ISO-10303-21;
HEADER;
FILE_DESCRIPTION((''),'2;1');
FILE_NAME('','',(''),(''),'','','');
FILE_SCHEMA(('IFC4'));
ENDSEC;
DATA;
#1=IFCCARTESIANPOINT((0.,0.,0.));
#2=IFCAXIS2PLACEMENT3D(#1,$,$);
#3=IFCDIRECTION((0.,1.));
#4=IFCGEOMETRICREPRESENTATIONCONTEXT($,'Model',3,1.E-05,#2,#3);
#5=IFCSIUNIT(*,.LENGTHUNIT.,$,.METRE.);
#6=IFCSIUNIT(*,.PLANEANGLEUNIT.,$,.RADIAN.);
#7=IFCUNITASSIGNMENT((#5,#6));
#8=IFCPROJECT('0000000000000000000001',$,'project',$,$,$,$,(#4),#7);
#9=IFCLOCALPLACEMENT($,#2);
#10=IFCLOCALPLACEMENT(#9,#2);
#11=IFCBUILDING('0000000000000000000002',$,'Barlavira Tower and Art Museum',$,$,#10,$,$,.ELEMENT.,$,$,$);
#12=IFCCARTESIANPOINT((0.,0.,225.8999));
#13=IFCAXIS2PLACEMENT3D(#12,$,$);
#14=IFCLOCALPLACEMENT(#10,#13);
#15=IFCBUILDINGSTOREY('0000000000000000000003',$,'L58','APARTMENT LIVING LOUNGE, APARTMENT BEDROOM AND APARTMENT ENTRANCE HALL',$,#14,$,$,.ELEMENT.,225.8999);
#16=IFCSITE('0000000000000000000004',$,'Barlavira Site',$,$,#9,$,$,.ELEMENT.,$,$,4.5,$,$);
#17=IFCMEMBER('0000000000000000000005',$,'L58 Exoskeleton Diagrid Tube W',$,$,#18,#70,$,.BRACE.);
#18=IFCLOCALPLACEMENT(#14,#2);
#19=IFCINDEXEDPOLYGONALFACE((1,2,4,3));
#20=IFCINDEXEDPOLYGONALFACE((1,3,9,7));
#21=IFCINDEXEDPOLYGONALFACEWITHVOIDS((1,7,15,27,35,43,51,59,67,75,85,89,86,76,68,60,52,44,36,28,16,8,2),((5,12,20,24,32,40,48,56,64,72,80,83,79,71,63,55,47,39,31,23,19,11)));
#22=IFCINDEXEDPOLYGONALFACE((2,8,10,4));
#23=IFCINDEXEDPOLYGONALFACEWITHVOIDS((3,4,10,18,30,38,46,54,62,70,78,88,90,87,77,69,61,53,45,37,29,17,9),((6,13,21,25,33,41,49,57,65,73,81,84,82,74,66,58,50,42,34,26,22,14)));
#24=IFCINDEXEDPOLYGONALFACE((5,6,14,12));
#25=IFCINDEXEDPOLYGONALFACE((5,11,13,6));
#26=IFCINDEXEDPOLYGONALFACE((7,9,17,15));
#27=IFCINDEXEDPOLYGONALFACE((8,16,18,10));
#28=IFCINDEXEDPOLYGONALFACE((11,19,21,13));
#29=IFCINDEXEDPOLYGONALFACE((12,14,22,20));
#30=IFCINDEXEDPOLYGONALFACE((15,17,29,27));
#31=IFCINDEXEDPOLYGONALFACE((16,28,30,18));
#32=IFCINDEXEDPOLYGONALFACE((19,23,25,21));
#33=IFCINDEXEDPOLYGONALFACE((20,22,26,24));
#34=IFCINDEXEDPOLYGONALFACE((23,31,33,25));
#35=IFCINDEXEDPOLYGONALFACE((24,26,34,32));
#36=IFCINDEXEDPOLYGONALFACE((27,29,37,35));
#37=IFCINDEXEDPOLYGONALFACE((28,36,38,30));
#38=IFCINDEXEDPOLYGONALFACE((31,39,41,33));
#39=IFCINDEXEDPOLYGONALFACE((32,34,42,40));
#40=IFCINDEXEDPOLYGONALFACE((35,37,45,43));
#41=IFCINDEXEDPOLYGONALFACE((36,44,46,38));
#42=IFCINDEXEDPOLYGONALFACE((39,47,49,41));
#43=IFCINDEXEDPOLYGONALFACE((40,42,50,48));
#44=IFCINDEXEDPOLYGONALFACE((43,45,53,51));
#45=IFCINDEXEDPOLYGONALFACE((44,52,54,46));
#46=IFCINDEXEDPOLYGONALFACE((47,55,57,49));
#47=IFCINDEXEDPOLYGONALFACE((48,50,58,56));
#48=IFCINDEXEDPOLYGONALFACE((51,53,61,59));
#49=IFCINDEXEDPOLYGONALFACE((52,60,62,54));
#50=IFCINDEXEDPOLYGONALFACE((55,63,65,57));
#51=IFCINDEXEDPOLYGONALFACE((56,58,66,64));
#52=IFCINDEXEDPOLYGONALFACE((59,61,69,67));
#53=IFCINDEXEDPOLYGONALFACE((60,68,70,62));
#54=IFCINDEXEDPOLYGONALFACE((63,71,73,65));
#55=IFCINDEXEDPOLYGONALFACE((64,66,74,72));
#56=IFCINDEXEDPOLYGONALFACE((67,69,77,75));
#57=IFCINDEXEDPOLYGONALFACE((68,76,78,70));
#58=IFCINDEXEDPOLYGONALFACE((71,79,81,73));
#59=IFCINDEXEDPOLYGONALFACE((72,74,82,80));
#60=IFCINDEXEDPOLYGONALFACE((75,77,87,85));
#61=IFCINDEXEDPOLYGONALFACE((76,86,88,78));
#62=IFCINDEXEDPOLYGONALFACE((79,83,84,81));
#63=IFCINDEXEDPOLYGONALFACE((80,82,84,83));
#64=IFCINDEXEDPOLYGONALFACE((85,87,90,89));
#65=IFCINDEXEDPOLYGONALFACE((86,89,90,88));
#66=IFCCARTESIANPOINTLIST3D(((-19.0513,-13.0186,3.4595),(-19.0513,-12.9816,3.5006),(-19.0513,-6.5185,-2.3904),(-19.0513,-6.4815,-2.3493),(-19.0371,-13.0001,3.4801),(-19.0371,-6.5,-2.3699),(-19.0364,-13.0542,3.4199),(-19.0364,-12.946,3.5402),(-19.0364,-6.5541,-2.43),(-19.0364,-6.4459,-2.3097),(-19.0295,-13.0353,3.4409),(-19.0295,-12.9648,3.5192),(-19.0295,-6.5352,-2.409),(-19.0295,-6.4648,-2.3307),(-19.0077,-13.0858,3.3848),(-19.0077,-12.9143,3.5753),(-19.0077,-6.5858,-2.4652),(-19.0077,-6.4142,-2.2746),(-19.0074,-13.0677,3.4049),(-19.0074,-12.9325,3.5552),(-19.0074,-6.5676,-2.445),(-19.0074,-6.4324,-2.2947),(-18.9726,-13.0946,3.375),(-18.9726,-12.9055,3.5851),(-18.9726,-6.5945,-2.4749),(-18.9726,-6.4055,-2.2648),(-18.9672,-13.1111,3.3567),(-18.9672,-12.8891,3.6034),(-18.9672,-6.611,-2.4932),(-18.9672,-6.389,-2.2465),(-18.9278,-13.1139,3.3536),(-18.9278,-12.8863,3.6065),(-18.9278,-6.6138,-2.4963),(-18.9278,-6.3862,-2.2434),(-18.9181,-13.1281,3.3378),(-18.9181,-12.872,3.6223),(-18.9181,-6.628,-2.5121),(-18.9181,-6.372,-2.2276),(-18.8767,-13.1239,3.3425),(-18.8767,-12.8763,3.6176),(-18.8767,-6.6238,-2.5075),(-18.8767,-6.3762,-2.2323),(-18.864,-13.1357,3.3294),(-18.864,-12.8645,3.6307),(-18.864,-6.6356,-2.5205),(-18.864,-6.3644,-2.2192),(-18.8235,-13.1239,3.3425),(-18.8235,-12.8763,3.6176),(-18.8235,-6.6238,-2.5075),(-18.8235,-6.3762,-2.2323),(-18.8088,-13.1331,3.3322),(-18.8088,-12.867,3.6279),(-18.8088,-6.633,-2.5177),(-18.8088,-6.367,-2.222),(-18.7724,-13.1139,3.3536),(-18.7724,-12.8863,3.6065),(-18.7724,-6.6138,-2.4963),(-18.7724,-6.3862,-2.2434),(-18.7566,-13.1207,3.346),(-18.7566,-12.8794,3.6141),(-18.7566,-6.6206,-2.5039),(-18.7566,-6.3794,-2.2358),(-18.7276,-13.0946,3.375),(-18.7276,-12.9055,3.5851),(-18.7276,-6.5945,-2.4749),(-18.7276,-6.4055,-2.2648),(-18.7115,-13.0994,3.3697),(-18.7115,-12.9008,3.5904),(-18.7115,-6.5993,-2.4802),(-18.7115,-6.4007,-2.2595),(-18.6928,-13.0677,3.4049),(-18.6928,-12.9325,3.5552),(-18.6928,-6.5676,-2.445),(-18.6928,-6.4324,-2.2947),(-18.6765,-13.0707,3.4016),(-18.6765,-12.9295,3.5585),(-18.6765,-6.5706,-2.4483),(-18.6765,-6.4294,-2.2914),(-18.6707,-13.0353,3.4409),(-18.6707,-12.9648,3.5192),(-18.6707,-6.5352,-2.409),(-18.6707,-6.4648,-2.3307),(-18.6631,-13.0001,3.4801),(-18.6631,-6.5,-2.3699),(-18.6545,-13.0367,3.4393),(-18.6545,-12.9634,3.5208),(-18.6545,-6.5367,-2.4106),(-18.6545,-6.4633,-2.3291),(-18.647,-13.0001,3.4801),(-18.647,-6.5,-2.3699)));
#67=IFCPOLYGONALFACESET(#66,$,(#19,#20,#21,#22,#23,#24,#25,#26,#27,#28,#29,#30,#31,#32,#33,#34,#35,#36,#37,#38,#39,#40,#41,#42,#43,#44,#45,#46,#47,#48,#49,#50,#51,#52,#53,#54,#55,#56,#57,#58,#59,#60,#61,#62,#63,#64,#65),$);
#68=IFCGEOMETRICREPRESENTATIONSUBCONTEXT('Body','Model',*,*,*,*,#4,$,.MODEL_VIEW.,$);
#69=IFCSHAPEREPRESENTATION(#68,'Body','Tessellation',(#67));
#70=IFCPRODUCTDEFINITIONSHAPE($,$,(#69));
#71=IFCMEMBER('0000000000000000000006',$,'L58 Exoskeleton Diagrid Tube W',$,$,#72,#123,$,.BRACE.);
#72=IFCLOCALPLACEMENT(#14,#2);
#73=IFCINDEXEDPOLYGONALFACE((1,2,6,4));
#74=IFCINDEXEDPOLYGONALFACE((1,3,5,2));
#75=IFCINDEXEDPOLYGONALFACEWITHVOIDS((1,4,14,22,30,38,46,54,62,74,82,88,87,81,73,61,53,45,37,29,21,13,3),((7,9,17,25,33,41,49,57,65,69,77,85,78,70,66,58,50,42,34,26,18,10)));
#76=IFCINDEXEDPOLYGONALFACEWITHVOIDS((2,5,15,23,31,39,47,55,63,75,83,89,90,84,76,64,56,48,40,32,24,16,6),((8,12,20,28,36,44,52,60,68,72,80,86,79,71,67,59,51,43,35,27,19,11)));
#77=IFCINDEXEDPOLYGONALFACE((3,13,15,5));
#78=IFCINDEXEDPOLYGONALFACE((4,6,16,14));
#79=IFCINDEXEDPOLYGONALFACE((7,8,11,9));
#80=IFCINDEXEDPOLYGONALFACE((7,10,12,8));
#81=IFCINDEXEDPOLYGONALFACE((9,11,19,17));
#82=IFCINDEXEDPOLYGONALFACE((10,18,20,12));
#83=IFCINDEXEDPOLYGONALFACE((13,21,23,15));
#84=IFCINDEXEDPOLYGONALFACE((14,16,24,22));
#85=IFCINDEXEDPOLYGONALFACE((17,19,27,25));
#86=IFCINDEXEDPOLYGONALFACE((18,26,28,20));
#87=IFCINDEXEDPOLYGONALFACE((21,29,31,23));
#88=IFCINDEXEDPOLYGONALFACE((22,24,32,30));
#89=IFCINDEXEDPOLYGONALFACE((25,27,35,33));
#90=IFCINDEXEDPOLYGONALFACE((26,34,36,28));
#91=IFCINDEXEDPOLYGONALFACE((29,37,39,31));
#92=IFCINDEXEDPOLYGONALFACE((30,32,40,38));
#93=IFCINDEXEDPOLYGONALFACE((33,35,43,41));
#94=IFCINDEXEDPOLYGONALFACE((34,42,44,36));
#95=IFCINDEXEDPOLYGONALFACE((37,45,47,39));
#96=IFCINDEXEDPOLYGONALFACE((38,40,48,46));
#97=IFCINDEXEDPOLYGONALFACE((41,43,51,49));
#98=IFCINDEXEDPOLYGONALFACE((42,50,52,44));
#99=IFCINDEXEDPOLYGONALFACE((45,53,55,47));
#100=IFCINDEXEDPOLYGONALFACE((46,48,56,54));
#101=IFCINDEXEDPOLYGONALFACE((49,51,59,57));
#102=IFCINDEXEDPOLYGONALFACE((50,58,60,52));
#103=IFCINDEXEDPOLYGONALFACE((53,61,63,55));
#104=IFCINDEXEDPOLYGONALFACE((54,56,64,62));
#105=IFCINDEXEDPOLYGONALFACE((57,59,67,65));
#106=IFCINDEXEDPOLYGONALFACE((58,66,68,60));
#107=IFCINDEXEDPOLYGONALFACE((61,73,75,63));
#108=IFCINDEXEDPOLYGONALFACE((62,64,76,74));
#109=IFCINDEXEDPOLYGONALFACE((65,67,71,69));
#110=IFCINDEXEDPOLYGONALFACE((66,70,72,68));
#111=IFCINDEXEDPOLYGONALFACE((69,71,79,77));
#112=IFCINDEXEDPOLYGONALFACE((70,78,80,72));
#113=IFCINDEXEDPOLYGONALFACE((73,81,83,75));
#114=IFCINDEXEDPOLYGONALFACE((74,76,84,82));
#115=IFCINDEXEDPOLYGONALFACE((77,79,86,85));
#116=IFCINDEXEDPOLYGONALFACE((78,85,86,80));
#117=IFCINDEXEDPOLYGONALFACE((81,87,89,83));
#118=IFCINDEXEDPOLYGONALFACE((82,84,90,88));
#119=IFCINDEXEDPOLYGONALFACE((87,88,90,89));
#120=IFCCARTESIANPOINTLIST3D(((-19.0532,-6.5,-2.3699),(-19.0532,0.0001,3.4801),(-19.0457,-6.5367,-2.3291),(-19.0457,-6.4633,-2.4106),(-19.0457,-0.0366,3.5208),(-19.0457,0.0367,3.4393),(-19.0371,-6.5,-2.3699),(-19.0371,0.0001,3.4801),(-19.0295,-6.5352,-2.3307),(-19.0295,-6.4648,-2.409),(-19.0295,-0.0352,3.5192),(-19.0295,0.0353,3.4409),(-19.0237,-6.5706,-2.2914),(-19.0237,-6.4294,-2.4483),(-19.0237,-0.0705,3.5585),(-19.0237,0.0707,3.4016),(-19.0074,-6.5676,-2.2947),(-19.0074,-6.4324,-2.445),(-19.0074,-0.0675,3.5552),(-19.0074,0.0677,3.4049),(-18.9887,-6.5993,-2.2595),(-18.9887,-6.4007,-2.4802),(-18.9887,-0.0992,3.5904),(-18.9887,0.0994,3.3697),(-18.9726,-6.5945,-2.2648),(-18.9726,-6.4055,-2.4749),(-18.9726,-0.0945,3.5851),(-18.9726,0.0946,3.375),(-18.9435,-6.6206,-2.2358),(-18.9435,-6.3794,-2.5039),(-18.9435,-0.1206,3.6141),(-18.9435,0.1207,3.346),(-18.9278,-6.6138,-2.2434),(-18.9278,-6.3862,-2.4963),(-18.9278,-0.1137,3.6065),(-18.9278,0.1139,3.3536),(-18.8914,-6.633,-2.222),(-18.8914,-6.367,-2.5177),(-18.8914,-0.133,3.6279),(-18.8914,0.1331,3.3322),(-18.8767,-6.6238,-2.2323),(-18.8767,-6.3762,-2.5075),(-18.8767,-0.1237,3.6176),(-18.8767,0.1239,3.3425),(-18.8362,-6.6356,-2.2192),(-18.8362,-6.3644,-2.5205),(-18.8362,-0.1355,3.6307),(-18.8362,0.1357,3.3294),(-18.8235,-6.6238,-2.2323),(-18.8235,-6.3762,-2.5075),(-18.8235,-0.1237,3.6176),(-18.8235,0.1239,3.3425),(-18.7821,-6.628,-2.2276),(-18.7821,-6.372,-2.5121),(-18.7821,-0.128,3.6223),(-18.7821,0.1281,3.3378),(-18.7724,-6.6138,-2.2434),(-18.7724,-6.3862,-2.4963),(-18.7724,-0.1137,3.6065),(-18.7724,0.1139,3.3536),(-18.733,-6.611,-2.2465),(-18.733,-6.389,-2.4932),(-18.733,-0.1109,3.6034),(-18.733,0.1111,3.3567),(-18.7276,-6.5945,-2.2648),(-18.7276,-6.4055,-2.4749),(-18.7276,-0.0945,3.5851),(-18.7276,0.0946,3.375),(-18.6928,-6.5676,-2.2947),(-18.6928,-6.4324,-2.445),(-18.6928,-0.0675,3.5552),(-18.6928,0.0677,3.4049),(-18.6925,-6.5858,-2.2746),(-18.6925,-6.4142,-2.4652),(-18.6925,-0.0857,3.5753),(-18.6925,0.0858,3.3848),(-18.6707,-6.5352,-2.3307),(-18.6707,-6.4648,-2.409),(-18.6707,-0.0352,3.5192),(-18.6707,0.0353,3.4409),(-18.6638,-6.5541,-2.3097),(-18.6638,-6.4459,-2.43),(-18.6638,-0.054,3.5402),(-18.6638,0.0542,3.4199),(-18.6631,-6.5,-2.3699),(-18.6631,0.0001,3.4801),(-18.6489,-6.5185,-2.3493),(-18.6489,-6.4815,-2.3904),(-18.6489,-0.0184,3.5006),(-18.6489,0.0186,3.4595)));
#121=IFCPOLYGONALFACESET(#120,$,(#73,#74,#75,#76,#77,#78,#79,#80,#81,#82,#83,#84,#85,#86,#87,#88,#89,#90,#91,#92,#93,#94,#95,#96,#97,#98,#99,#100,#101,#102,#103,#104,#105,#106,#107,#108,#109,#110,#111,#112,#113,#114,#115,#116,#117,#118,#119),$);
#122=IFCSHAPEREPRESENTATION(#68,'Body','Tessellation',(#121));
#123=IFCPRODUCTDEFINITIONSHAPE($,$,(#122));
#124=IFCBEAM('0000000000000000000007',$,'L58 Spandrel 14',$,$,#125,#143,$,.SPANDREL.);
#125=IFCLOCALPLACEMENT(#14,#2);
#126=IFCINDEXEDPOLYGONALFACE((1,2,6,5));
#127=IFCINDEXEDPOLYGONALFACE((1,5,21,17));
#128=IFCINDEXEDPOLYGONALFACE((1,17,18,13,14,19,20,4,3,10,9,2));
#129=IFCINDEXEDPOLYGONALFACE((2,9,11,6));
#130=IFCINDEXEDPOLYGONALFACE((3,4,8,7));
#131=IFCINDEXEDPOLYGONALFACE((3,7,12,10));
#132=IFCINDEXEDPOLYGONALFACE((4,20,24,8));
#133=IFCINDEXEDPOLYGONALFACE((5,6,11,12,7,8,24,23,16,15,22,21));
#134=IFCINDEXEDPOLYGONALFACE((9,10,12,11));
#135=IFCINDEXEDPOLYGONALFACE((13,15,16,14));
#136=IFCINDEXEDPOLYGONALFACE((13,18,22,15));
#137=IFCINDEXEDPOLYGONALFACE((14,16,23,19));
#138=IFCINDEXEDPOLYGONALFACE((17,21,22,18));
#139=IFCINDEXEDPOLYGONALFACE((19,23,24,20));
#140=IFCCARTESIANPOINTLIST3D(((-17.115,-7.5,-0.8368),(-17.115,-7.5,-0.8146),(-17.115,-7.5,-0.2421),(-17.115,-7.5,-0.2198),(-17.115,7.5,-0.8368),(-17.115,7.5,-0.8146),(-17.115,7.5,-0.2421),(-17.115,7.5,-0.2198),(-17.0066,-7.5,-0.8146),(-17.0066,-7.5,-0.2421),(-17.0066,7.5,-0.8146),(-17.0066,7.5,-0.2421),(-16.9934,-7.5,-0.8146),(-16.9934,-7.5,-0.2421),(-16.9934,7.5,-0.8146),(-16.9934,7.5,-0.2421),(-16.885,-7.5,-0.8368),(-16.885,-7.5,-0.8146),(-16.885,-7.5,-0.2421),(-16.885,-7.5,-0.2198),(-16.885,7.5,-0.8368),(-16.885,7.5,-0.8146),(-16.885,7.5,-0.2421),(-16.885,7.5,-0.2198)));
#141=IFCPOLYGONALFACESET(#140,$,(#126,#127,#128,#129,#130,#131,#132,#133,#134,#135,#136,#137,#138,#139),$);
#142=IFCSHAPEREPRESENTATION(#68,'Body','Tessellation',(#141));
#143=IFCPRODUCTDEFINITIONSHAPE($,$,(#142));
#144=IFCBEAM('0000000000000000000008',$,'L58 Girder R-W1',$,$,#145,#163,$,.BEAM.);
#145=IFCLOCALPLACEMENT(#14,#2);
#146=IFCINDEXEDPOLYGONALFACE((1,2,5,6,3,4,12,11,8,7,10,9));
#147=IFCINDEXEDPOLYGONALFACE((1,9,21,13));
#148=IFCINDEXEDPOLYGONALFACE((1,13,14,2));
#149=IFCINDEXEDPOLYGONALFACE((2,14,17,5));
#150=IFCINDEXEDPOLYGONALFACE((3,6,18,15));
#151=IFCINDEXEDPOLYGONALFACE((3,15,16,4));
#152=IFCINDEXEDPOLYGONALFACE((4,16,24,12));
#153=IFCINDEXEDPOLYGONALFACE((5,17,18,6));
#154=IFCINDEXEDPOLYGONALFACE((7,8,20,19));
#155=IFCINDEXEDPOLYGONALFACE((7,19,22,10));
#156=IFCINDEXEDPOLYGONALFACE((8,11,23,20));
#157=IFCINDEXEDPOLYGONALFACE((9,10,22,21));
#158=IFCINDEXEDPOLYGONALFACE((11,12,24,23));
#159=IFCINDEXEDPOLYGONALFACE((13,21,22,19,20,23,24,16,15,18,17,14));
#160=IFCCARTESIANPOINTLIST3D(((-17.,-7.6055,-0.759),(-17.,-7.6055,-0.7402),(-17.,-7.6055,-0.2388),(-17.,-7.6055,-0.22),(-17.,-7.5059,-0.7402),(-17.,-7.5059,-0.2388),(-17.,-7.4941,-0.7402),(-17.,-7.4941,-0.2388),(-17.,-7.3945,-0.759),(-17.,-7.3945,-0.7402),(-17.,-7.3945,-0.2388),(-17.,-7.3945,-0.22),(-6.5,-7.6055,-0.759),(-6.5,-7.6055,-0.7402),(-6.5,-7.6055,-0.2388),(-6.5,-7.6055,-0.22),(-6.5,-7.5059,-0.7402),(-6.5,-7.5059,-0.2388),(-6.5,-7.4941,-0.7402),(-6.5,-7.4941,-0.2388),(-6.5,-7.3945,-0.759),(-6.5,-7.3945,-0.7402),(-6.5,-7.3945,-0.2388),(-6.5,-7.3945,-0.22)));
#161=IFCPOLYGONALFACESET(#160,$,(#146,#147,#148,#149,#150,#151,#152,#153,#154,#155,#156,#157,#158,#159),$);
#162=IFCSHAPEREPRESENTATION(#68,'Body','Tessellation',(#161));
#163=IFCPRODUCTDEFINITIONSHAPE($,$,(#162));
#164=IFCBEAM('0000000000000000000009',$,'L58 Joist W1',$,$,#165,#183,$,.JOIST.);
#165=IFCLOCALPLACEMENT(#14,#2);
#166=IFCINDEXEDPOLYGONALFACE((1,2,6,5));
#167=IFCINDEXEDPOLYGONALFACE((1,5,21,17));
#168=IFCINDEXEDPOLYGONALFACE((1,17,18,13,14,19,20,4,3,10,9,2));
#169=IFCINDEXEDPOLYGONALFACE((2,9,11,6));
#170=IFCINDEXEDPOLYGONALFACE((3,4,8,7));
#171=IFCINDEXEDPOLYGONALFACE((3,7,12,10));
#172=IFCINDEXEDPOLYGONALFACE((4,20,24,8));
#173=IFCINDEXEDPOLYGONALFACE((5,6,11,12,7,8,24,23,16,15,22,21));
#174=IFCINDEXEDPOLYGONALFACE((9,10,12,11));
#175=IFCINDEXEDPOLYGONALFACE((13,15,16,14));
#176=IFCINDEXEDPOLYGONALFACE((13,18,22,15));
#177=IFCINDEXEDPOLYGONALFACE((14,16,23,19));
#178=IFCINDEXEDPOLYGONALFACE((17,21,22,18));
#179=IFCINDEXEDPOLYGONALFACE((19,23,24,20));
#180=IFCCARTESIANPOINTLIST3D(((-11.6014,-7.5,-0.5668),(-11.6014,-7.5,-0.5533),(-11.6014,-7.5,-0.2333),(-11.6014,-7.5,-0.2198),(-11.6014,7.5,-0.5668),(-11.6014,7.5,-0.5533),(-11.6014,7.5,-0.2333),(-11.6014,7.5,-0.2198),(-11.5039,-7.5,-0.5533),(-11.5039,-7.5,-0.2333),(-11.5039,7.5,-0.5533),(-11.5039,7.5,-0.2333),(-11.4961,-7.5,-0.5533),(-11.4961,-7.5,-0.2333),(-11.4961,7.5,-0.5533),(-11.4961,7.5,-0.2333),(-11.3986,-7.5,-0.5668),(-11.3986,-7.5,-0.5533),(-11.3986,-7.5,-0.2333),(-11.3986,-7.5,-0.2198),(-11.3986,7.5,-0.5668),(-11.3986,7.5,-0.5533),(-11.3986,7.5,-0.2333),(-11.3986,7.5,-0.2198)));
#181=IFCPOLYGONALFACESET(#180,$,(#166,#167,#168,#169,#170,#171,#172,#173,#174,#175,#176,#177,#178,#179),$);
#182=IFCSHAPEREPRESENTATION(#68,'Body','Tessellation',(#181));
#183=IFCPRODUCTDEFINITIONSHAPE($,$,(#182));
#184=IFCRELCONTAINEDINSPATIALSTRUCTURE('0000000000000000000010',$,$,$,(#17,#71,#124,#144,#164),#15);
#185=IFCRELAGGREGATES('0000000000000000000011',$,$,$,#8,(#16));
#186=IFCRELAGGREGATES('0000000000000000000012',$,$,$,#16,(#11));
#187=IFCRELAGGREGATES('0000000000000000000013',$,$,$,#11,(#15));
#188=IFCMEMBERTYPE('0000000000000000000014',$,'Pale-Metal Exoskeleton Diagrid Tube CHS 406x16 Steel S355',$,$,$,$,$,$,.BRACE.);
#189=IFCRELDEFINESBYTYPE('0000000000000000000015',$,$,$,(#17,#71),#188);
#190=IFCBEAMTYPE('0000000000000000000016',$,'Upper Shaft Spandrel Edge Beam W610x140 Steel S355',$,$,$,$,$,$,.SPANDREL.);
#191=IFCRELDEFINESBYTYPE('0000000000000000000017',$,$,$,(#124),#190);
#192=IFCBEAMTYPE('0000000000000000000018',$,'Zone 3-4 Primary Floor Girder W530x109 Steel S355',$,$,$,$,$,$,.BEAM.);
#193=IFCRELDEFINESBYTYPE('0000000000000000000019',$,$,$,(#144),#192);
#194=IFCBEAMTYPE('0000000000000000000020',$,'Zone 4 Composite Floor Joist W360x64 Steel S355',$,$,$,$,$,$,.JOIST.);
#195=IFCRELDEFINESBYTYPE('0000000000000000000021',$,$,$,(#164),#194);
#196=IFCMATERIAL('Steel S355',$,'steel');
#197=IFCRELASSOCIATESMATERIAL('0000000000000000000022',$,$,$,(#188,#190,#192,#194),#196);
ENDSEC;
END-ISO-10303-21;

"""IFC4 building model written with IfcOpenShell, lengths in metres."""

from ifc_helpers import new_model, si_unit, direction, frame, origin, origin_2d, place, context, subcontext, project, spatial, hollow_circle, i_section, extrude, material, material_profile, profile_set, type_object, element, save


model = new_model("IFC4")

# Units and contexts
model_context = context("Model", 3, precision=1e-05, world=origin(), true_north=direction((0.0, 1.0)))
body_context = subcontext(model_context, "Body", "Model", "MODEL_VIEW")
ifc_project = project(units=[si_unit("LENGTHUNIT", "METRE"), si_unit("PLANEANGLEUNIT", "RADIAN")], contexts=[model_context])

# Site, building, storey
site_placement = place(None, origin())
site = spatial("IfcSite", under=ifc_project, at=site_placement, Name="Barlavira Site", CompositionType="ELEMENT", RefElevation=4.5)
building_placement = place(site_placement, origin())
building = spatial("IfcBuilding", under=site, at=building_placement, Name="Barlavira Tower and Art Museum", CompositionType="ELEMENT")
storey_placement = place(building_placement, frame((0.0, 0.0, 225.8999)))
storey = spatial("IfcBuildingStorey", under=building, at=storey_placement, Name="L58", Description="APARTMENT LIVING LOUNGE, APARTMENT BEDROOM AND APARTMENT ENTRANCE HALL", CompositionType="ELEMENT", Elevation=225.8999)

# Members
ifc_material_1 = material(Name="Steel S355", Category="steel")
ifc_material_profile_1 = material_profile(ifc_material_1, hollow_circle(Radius=0.2031, WallThickness=0.0161, at=origin_2d()), Name="CHS 406.4x16.0")
ifc_profile_set_1 = profile_set([ifc_material_profile_1], Name="Steel S355")
member_type_1 = type_object("IfcMemberType", Name="Pale-Metal Exoskeleton Diagrid Tube CHS 406x16 Steel S355", PredefinedType="BRACE", material=ifc_profile_set_1)
for number, where, z_axis, x_axis, name in (
    (1, (-18.8501, -6.5, -2.3699), (0.0, -0.743302, 0.668955), (1.0, 0.0, 0.0), "L58 Exoskeleton Diagrid Tube W"),
    (2, (-18.8501, -6.5, -2.3699), (0.0, 0.743302, 0.668955), (-1.0, 0.0, 0.0), "L58 Exoskeleton Diagrid Tube W"),
):
    element("IfcMember", number, at=place(storey_placement, frame(where, z_axis=z_axis, x_axis=x_axis)), inside=storey, type_object=member_type_1, Name=name, PredefinedType="BRACE", context=body_context, shape_type="SweptSolid", body=[
        extrude(hollow_circle(Radius=0.2031, WallThickness=0.0161, at=origin_2d()), origin(), (0.0, 0.0, 1.0), 8.7449),
    ])

# Beams
ifc_material_profile_2 = material_profile(ifc_material_1, i_section(OverallWidth=0.23, OverallDepth=0.6169, WebThickness=0.0132, FlangeThickness=0.0222, at=origin_2d()), Name="W610x140.0")
ifc_profile_set_2 = profile_set([ifc_material_profile_2], Name="Steel S355")
beam_type_1 = type_object("IfcBeamType", Name="Upper Shaft Spandrel Edge Beam W610x140 Steel S355", PredefinedType="SPANDREL", material=ifc_profile_set_2)
beam_1_placement = place(storey_placement, frame((-17.0, -7.5, -0.5283), z_axis=(0.0, 1.0, 0.0), x_axis=(-1.0, 0.0, 0.0)))
element("IfcBeam", 3, at=beam_1_placement, inside=storey, type_object=beam_type_1, Name="L58 Spandrel 14", PredefinedType="SPANDREL", context=body_context, shape_type="SweptSolid", body=[
    extrude(i_section(OverallWidth=0.23, OverallDepth=0.6169, WebThickness=0.0132, FlangeThickness=0.0222, at=origin_2d()), origin(), (0.0, 0.0, 1.0), 15.0),
])
ifc_material_profile_3 = material_profile(ifc_material_1, i_section(OverallWidth=0.2109, OverallDepth=0.5391, WebThickness=0.0117, FlangeThickness=0.0188, at=origin_2d()), Name="W530x109.0")
ifc_profile_set_3 = profile_set([ifc_material_profile_3], Name="Steel S355")
beam_type_2 = type_object("IfcBeamType", Name="Zone 3-4 Primary Floor Girder W530x109 Steel S355", PredefinedType="BEAM", material=ifc_profile_set_3)
beam_2_placement = place(storey_placement, frame((-17.0, -7.5, -0.4895), z_axis=(1.0, 0.0, 0.0), x_axis=(0.0, 1.0, 0.0)))
element("IfcBeam", 4, at=beam_2_placement, inside=storey, type_object=beam_type_2, Name="L58 Girder R-W1", PredefinedType="BEAM", context=body_context, shape_type="SweptSolid", body=[
    extrude(i_section(OverallWidth=0.2109, OverallDepth=0.5391, WebThickness=0.0117, FlangeThickness=0.0188, at=origin_2d()), origin(), (0.0, 0.0, 1.0), 10.5),
])
ifc_material_profile_4 = material_profile(ifc_material_1, i_section(OverallWidth=0.2029, OverallDepth=0.3469, WebThickness=0.0078, FlangeThickness=0.0134, at=origin_2d()), Name="W360x64.0")
ifc_profile_set_4 = profile_set([ifc_material_profile_4], Name="Steel S355")
beam_type_3 = type_object("IfcBeamType", Name="Zone 4 Composite Floor Joist W360x64 Steel S355", PredefinedType="JOIST", material=ifc_profile_set_4)
beam_3_placement = place(storey_placement, frame((-11.5, -7.5, -0.3933), z_axis=(0.0, 1.0, 0.0), x_axis=(-1.0, 0.0, 0.0)))
element("IfcBeam", 5, at=beam_3_placement, inside=storey, type_object=beam_type_3, Name="L58 Joist W1", PredefinedType="JOIST", context=body_context, shape_type="SweptSolid", body=[
    extrude(i_section(OverallWidth=0.2029, OverallDepth=0.3469, WebThickness=0.0078, FlangeThickness=0.0134, at=origin_2d()), origin(), (0.0, 0.0, 1.0), 15.0),
])

save(model, "model.ifc")
